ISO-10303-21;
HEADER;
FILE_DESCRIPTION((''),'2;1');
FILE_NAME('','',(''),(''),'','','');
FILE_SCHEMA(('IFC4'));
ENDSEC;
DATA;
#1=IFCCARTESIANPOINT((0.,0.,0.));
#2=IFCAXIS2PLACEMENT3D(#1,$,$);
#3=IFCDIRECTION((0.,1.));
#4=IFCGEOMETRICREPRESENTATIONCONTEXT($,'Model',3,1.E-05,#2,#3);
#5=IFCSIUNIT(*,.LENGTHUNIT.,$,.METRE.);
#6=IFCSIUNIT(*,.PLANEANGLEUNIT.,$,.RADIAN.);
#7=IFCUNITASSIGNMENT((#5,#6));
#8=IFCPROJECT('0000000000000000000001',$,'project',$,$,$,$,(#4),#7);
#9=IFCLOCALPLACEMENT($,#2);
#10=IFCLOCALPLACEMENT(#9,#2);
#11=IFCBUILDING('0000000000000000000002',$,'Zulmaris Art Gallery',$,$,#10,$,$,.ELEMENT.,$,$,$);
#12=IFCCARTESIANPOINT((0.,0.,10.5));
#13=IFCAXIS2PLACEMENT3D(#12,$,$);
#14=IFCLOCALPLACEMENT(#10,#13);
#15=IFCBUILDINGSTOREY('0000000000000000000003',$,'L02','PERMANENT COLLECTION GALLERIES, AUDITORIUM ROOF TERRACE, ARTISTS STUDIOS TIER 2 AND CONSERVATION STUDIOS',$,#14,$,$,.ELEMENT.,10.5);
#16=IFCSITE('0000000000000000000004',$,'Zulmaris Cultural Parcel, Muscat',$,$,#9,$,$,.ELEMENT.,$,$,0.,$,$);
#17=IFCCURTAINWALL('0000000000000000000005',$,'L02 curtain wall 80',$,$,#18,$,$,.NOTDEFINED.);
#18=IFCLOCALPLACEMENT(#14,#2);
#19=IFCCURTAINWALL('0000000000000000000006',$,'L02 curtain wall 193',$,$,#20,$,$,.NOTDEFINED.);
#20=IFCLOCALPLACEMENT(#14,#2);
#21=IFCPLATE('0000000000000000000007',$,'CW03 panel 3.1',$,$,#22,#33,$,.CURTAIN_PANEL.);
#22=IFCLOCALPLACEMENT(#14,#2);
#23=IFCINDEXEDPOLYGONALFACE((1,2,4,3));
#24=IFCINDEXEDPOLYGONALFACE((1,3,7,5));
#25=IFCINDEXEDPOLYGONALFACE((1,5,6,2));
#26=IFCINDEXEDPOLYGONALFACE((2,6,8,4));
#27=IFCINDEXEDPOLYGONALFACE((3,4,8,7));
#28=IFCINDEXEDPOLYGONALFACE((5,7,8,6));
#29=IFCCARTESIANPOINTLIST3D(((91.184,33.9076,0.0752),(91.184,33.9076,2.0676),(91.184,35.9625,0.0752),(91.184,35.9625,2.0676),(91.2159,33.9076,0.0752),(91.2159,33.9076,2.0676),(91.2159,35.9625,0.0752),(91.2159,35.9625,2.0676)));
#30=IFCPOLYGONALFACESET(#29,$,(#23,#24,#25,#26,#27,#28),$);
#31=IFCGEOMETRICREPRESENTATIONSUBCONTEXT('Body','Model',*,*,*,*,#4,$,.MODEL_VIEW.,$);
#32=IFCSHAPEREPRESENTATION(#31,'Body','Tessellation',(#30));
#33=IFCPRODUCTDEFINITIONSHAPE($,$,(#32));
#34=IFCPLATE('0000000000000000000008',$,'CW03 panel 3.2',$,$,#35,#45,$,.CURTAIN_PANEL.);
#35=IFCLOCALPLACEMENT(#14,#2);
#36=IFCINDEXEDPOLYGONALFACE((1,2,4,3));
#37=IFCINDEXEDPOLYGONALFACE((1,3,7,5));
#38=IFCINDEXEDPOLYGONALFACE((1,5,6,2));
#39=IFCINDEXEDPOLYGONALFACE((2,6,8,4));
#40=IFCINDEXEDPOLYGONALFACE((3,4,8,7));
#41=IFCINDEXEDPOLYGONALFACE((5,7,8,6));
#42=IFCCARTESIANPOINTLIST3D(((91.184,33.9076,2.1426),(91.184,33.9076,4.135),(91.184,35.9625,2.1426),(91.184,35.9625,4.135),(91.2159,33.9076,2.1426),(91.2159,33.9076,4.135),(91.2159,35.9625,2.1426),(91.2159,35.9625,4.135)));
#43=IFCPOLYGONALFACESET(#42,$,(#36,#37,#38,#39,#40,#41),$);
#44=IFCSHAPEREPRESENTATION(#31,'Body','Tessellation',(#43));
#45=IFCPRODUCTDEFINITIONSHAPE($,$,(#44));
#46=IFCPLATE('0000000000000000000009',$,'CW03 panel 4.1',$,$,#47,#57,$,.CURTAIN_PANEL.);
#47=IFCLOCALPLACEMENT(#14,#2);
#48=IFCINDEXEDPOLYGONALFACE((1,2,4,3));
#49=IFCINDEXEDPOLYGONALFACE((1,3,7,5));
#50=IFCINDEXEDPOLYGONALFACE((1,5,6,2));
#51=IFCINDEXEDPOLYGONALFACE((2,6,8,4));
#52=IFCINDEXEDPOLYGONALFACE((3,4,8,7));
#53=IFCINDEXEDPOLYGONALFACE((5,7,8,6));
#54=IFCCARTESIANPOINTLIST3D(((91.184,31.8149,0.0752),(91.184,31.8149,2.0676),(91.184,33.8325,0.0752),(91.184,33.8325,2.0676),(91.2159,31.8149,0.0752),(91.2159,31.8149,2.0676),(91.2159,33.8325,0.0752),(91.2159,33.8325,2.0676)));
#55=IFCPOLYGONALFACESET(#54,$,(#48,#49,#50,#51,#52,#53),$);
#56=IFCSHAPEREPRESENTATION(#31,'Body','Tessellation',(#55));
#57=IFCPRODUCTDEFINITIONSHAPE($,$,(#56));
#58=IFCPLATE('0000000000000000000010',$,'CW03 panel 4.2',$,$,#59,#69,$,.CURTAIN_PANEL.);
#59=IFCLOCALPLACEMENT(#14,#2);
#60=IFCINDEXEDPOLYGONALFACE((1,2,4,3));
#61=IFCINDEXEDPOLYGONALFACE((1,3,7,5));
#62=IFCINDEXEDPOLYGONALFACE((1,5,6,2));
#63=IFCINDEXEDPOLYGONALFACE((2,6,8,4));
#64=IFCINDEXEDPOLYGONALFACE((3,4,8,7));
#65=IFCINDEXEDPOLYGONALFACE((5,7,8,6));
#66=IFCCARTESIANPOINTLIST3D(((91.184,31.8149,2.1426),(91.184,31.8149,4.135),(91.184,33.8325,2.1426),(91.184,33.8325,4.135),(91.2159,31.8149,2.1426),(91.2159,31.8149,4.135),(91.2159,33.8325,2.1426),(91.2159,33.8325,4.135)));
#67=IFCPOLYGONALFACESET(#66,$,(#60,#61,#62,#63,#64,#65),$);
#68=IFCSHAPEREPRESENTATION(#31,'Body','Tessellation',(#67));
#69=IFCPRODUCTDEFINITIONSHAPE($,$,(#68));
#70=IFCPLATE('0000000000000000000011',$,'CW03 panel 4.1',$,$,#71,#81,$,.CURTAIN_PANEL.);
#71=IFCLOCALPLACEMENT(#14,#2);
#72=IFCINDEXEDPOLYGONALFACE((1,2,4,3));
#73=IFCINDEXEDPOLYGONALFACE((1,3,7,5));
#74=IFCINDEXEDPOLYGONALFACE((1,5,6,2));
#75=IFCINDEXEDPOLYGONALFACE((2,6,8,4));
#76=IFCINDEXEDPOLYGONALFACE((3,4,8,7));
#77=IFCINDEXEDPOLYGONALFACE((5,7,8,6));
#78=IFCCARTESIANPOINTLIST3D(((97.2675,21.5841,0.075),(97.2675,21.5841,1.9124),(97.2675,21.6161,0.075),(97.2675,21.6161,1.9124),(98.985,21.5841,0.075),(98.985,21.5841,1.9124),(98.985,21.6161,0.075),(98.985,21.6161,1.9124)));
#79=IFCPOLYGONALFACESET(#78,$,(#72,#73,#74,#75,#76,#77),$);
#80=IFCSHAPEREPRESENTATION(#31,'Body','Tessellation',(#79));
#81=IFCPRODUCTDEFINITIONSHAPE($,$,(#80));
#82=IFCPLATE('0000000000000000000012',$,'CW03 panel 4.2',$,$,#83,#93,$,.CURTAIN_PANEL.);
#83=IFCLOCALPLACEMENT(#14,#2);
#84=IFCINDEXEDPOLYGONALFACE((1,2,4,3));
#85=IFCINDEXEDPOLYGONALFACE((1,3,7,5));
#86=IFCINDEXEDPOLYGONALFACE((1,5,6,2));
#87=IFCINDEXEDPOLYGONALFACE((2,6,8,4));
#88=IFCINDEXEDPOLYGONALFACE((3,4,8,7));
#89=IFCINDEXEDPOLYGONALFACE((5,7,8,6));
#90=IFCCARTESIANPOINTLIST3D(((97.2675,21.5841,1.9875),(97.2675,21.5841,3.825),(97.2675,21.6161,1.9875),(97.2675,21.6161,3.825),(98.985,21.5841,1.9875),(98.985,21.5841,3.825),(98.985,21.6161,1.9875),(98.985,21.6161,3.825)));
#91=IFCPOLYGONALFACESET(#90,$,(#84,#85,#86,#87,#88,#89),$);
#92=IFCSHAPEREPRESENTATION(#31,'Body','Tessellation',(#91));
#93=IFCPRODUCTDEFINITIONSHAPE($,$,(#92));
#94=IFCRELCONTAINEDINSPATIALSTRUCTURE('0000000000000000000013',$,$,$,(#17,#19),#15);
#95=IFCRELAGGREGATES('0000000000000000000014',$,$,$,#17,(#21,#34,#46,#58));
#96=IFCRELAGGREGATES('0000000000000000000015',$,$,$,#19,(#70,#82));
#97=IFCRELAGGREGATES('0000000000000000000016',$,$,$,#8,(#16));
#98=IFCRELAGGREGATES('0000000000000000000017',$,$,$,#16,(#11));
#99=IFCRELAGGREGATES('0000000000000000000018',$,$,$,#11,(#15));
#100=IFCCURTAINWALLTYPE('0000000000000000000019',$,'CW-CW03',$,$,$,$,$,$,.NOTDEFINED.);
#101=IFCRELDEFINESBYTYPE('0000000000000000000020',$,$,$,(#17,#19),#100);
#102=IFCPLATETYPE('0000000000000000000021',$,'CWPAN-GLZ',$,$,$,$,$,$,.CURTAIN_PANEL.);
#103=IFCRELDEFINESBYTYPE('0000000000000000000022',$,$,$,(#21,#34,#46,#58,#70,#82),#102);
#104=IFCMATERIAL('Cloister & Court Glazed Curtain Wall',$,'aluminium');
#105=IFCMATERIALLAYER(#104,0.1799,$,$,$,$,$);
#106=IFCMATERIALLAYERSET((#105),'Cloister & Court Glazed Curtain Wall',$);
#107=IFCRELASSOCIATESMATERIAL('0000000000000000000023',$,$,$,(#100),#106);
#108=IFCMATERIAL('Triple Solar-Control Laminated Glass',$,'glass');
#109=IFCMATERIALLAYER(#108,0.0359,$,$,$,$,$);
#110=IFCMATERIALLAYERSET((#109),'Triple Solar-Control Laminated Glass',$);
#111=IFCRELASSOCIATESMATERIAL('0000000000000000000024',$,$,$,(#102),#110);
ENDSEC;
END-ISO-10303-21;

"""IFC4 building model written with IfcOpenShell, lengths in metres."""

from ifc_helpers import new_model, si_unit, direction, frame, origin, origin_2d, place, context, subcontext, project, spatial, rectangle, extrude, material, layer, layer_set, type_object, element, aggregate, save


model = new_model("IFC4")

# Units and contexts
model_context = context("Model", 3, precision=1e-05, world=origin(), true_north=direction((0.0, 1.0)))
body_context = subcontext(model_context, "Body", "Model", "MODEL_VIEW")
ifc_project = project(units=[si_unit("LENGTHUNIT", "METRE"), si_unit("PLANEANGLEUNIT", "RADIAN")], contexts=[model_context])

# Site, building, storey
site_placement = place(None, origin())
site = spatial("IfcSite", under=ifc_project, at=site_placement, Name="Zulmaris Cultural Parcel, Muscat", CompositionType="ELEMENT", RefElevation=0.0)
building_placement = place(site_placement, origin())
building = spatial("IfcBuilding", under=site, at=building_placement, Name="Zulmaris Art Gallery", CompositionType="ELEMENT")
storey_placement = place(building_placement, frame((0.0, 0.0, 10.5)))
storey = spatial("IfcBuildingStorey", under=building, at=storey_placement, Name="L02", Description="PERMANENT COLLECTION GALLERIES, AUDITORIUM ROOF TERRACE, ARTISTS STUDIOS TIER 2 AND CONSERVATION STUDIOS", CompositionType="ELEMENT", Elevation=10.5)

# Curtain wall
ifc_material_1 = material(Name="Cloister & Court Glazed Curtain Wall", Category="aluminium")
ifc_layer_1 = layer(ifc_material_1, 0.1799)
ifc_layer_set_1 = layer_set([ifc_layer_1], Name="Cloister & Court Glazed Curtain Wall")
curtain_wall_type = type_object("IfcCurtainWallType", Name="CW-CW03", PredefinedType="NOTDEFINED", material=ifc_layer_set_1)
curtain_wall_1_placement = place(storey_placement, origin())
curtain_wall_1 = element("IfcCurtainWall", 1, at=curtain_wall_1_placement, inside=storey, type_object=curtain_wall_type, Name="L02 curtain wall 80", PredefinedType="NOTDEFINED")

# Curtain wall
curtain_wall_2_placement = place(storey_placement, origin())
curtain_wall_2 = element("IfcCurtainWall", 2, at=curtain_wall_2_placement, inside=storey, type_object=curtain_wall_type, Name="L02 curtain wall 193", PredefinedType="NOTDEFINED")

# Plates
ifc_material_2 = material(Name="Triple Solar-Control Laminated Glass", Category="glass")
ifc_layer_2 = layer(ifc_material_2, 0.0359)
ifc_layer_set_2 = layer_set([ifc_layer_2], Name="Triple Solar-Control Laminated Glass")
plate_type = type_object("IfcPlateType", Name="CWPAN-GLZ", PredefinedType="CURTAIN_PANEL", material=ifc_layer_set_2)
plate_1_placement = place(storey_placement, frame((91.2, 34.9351, 0.0752), z_axis=(0.0, 0.0, 1.0), x_axis=(0.0, -1.0, 0.0)))
plate_1 = element("IfcPlate", 3, at=plate_1_placement, type_object=plate_type, Name="CW03 panel 3.1", PredefinedType="CURTAIN_PANEL", context=body_context, shape_type="SweptSolid", body=[
    extrude(rectangle(XDim=2.0549, YDim=0.032, at=origin_2d()), origin(), (0.0, 0.0, 1.0), 1.9924),
])
plate_2_placement = place(storey_placement, frame((91.2, 34.9351, 2.1426), z_axis=(0.0, 0.0, 1.0), x_axis=(0.0, -1.0, 0.0)))
plate_2 = element("IfcPlate", 4, at=plate_2_placement, type_object=plate_type, Name="CW03 panel 3.2", PredefinedType="CURTAIN_PANEL", context=body_context, shape_type="SweptSolid", body=[
    extrude(rectangle(XDim=2.0549, YDim=0.032, at=origin_2d()), origin(), (0.0, 0.0, 1.0), 1.9924),
])
plate_3_placement = place(storey_placement, frame((91.2, 32.8237, 0.0752), z_axis=(0.0, 0.0, 1.0), x_axis=(0.0, -1.0, 0.0)))
plate_3 = element("IfcPlate", 5, at=plate_3_placement, type_object=plate_type, Name="CW03 panel 4.1", PredefinedType="CURTAIN_PANEL", context=body_context, shape_type="SweptSolid", body=[
    extrude(rectangle(XDim=2.0176, YDim=0.032, at=origin_2d()), origin(), (0.0, 0.0, 1.0), 1.9924),
])
plate_4_placement = place(storey_placement, frame((91.2, 32.8237, 2.1426), z_axis=(0.0, 0.0, 1.0), x_axis=(0.0, -1.0, 0.0)))
plate_4 = element("IfcPlate", 6, at=plate_4_placement, type_object=plate_type, Name="CW03 panel 4.2", PredefinedType="CURTAIN_PANEL", context=body_context, shape_type="SweptSolid", body=[
    extrude(rectangle(XDim=2.0176, YDim=0.032, at=origin_2d()), origin(), (0.0, 0.0, 1.0), 1.9924),
])
aggregate(curtain_wall_1, [plate_1, plate_2, plate_3, plate_4])
plate_5_placement = place(storey_placement, frame((98.1262, 21.6001, 0.075), z_axis=(0.0, 0.0, 1.0), x_axis=(1.0, 0.0, 0.0)))
plate_5 = element("IfcPlate", 7, at=plate_5_placement, type_object=plate_type, Name="CW03 panel 4.1", PredefinedType="CURTAIN_PANEL", context=body_context, shape_type="SweptSolid", body=[
    extrude(rectangle(XDim=1.7175, YDim=0.032, at=origin_2d()), origin(), (0.0, 0.0, 1.0), 1.8374),
])
plate_6_placement = place(storey_placement, frame((98.1262, 21.6001, 1.9875), z_axis=(0.0, 0.0, 1.0), x_axis=(1.0, 0.0, 0.0)))
plate_6 = element("IfcPlate", 8, at=plate_6_placement, type_object=plate_type, Name="CW03 panel 4.2", PredefinedType="CURTAIN_PANEL", context=body_context, shape_type="SweptSolid", body=[
    extrude(rectangle(XDim=1.7175, YDim=0.032, at=origin_2d()), origin(), (0.0, 0.0, 1.0), 1.8374),
])
aggregate(curtain_wall_2, [plate_5, plate_6])

save(model, "model.ifc")
